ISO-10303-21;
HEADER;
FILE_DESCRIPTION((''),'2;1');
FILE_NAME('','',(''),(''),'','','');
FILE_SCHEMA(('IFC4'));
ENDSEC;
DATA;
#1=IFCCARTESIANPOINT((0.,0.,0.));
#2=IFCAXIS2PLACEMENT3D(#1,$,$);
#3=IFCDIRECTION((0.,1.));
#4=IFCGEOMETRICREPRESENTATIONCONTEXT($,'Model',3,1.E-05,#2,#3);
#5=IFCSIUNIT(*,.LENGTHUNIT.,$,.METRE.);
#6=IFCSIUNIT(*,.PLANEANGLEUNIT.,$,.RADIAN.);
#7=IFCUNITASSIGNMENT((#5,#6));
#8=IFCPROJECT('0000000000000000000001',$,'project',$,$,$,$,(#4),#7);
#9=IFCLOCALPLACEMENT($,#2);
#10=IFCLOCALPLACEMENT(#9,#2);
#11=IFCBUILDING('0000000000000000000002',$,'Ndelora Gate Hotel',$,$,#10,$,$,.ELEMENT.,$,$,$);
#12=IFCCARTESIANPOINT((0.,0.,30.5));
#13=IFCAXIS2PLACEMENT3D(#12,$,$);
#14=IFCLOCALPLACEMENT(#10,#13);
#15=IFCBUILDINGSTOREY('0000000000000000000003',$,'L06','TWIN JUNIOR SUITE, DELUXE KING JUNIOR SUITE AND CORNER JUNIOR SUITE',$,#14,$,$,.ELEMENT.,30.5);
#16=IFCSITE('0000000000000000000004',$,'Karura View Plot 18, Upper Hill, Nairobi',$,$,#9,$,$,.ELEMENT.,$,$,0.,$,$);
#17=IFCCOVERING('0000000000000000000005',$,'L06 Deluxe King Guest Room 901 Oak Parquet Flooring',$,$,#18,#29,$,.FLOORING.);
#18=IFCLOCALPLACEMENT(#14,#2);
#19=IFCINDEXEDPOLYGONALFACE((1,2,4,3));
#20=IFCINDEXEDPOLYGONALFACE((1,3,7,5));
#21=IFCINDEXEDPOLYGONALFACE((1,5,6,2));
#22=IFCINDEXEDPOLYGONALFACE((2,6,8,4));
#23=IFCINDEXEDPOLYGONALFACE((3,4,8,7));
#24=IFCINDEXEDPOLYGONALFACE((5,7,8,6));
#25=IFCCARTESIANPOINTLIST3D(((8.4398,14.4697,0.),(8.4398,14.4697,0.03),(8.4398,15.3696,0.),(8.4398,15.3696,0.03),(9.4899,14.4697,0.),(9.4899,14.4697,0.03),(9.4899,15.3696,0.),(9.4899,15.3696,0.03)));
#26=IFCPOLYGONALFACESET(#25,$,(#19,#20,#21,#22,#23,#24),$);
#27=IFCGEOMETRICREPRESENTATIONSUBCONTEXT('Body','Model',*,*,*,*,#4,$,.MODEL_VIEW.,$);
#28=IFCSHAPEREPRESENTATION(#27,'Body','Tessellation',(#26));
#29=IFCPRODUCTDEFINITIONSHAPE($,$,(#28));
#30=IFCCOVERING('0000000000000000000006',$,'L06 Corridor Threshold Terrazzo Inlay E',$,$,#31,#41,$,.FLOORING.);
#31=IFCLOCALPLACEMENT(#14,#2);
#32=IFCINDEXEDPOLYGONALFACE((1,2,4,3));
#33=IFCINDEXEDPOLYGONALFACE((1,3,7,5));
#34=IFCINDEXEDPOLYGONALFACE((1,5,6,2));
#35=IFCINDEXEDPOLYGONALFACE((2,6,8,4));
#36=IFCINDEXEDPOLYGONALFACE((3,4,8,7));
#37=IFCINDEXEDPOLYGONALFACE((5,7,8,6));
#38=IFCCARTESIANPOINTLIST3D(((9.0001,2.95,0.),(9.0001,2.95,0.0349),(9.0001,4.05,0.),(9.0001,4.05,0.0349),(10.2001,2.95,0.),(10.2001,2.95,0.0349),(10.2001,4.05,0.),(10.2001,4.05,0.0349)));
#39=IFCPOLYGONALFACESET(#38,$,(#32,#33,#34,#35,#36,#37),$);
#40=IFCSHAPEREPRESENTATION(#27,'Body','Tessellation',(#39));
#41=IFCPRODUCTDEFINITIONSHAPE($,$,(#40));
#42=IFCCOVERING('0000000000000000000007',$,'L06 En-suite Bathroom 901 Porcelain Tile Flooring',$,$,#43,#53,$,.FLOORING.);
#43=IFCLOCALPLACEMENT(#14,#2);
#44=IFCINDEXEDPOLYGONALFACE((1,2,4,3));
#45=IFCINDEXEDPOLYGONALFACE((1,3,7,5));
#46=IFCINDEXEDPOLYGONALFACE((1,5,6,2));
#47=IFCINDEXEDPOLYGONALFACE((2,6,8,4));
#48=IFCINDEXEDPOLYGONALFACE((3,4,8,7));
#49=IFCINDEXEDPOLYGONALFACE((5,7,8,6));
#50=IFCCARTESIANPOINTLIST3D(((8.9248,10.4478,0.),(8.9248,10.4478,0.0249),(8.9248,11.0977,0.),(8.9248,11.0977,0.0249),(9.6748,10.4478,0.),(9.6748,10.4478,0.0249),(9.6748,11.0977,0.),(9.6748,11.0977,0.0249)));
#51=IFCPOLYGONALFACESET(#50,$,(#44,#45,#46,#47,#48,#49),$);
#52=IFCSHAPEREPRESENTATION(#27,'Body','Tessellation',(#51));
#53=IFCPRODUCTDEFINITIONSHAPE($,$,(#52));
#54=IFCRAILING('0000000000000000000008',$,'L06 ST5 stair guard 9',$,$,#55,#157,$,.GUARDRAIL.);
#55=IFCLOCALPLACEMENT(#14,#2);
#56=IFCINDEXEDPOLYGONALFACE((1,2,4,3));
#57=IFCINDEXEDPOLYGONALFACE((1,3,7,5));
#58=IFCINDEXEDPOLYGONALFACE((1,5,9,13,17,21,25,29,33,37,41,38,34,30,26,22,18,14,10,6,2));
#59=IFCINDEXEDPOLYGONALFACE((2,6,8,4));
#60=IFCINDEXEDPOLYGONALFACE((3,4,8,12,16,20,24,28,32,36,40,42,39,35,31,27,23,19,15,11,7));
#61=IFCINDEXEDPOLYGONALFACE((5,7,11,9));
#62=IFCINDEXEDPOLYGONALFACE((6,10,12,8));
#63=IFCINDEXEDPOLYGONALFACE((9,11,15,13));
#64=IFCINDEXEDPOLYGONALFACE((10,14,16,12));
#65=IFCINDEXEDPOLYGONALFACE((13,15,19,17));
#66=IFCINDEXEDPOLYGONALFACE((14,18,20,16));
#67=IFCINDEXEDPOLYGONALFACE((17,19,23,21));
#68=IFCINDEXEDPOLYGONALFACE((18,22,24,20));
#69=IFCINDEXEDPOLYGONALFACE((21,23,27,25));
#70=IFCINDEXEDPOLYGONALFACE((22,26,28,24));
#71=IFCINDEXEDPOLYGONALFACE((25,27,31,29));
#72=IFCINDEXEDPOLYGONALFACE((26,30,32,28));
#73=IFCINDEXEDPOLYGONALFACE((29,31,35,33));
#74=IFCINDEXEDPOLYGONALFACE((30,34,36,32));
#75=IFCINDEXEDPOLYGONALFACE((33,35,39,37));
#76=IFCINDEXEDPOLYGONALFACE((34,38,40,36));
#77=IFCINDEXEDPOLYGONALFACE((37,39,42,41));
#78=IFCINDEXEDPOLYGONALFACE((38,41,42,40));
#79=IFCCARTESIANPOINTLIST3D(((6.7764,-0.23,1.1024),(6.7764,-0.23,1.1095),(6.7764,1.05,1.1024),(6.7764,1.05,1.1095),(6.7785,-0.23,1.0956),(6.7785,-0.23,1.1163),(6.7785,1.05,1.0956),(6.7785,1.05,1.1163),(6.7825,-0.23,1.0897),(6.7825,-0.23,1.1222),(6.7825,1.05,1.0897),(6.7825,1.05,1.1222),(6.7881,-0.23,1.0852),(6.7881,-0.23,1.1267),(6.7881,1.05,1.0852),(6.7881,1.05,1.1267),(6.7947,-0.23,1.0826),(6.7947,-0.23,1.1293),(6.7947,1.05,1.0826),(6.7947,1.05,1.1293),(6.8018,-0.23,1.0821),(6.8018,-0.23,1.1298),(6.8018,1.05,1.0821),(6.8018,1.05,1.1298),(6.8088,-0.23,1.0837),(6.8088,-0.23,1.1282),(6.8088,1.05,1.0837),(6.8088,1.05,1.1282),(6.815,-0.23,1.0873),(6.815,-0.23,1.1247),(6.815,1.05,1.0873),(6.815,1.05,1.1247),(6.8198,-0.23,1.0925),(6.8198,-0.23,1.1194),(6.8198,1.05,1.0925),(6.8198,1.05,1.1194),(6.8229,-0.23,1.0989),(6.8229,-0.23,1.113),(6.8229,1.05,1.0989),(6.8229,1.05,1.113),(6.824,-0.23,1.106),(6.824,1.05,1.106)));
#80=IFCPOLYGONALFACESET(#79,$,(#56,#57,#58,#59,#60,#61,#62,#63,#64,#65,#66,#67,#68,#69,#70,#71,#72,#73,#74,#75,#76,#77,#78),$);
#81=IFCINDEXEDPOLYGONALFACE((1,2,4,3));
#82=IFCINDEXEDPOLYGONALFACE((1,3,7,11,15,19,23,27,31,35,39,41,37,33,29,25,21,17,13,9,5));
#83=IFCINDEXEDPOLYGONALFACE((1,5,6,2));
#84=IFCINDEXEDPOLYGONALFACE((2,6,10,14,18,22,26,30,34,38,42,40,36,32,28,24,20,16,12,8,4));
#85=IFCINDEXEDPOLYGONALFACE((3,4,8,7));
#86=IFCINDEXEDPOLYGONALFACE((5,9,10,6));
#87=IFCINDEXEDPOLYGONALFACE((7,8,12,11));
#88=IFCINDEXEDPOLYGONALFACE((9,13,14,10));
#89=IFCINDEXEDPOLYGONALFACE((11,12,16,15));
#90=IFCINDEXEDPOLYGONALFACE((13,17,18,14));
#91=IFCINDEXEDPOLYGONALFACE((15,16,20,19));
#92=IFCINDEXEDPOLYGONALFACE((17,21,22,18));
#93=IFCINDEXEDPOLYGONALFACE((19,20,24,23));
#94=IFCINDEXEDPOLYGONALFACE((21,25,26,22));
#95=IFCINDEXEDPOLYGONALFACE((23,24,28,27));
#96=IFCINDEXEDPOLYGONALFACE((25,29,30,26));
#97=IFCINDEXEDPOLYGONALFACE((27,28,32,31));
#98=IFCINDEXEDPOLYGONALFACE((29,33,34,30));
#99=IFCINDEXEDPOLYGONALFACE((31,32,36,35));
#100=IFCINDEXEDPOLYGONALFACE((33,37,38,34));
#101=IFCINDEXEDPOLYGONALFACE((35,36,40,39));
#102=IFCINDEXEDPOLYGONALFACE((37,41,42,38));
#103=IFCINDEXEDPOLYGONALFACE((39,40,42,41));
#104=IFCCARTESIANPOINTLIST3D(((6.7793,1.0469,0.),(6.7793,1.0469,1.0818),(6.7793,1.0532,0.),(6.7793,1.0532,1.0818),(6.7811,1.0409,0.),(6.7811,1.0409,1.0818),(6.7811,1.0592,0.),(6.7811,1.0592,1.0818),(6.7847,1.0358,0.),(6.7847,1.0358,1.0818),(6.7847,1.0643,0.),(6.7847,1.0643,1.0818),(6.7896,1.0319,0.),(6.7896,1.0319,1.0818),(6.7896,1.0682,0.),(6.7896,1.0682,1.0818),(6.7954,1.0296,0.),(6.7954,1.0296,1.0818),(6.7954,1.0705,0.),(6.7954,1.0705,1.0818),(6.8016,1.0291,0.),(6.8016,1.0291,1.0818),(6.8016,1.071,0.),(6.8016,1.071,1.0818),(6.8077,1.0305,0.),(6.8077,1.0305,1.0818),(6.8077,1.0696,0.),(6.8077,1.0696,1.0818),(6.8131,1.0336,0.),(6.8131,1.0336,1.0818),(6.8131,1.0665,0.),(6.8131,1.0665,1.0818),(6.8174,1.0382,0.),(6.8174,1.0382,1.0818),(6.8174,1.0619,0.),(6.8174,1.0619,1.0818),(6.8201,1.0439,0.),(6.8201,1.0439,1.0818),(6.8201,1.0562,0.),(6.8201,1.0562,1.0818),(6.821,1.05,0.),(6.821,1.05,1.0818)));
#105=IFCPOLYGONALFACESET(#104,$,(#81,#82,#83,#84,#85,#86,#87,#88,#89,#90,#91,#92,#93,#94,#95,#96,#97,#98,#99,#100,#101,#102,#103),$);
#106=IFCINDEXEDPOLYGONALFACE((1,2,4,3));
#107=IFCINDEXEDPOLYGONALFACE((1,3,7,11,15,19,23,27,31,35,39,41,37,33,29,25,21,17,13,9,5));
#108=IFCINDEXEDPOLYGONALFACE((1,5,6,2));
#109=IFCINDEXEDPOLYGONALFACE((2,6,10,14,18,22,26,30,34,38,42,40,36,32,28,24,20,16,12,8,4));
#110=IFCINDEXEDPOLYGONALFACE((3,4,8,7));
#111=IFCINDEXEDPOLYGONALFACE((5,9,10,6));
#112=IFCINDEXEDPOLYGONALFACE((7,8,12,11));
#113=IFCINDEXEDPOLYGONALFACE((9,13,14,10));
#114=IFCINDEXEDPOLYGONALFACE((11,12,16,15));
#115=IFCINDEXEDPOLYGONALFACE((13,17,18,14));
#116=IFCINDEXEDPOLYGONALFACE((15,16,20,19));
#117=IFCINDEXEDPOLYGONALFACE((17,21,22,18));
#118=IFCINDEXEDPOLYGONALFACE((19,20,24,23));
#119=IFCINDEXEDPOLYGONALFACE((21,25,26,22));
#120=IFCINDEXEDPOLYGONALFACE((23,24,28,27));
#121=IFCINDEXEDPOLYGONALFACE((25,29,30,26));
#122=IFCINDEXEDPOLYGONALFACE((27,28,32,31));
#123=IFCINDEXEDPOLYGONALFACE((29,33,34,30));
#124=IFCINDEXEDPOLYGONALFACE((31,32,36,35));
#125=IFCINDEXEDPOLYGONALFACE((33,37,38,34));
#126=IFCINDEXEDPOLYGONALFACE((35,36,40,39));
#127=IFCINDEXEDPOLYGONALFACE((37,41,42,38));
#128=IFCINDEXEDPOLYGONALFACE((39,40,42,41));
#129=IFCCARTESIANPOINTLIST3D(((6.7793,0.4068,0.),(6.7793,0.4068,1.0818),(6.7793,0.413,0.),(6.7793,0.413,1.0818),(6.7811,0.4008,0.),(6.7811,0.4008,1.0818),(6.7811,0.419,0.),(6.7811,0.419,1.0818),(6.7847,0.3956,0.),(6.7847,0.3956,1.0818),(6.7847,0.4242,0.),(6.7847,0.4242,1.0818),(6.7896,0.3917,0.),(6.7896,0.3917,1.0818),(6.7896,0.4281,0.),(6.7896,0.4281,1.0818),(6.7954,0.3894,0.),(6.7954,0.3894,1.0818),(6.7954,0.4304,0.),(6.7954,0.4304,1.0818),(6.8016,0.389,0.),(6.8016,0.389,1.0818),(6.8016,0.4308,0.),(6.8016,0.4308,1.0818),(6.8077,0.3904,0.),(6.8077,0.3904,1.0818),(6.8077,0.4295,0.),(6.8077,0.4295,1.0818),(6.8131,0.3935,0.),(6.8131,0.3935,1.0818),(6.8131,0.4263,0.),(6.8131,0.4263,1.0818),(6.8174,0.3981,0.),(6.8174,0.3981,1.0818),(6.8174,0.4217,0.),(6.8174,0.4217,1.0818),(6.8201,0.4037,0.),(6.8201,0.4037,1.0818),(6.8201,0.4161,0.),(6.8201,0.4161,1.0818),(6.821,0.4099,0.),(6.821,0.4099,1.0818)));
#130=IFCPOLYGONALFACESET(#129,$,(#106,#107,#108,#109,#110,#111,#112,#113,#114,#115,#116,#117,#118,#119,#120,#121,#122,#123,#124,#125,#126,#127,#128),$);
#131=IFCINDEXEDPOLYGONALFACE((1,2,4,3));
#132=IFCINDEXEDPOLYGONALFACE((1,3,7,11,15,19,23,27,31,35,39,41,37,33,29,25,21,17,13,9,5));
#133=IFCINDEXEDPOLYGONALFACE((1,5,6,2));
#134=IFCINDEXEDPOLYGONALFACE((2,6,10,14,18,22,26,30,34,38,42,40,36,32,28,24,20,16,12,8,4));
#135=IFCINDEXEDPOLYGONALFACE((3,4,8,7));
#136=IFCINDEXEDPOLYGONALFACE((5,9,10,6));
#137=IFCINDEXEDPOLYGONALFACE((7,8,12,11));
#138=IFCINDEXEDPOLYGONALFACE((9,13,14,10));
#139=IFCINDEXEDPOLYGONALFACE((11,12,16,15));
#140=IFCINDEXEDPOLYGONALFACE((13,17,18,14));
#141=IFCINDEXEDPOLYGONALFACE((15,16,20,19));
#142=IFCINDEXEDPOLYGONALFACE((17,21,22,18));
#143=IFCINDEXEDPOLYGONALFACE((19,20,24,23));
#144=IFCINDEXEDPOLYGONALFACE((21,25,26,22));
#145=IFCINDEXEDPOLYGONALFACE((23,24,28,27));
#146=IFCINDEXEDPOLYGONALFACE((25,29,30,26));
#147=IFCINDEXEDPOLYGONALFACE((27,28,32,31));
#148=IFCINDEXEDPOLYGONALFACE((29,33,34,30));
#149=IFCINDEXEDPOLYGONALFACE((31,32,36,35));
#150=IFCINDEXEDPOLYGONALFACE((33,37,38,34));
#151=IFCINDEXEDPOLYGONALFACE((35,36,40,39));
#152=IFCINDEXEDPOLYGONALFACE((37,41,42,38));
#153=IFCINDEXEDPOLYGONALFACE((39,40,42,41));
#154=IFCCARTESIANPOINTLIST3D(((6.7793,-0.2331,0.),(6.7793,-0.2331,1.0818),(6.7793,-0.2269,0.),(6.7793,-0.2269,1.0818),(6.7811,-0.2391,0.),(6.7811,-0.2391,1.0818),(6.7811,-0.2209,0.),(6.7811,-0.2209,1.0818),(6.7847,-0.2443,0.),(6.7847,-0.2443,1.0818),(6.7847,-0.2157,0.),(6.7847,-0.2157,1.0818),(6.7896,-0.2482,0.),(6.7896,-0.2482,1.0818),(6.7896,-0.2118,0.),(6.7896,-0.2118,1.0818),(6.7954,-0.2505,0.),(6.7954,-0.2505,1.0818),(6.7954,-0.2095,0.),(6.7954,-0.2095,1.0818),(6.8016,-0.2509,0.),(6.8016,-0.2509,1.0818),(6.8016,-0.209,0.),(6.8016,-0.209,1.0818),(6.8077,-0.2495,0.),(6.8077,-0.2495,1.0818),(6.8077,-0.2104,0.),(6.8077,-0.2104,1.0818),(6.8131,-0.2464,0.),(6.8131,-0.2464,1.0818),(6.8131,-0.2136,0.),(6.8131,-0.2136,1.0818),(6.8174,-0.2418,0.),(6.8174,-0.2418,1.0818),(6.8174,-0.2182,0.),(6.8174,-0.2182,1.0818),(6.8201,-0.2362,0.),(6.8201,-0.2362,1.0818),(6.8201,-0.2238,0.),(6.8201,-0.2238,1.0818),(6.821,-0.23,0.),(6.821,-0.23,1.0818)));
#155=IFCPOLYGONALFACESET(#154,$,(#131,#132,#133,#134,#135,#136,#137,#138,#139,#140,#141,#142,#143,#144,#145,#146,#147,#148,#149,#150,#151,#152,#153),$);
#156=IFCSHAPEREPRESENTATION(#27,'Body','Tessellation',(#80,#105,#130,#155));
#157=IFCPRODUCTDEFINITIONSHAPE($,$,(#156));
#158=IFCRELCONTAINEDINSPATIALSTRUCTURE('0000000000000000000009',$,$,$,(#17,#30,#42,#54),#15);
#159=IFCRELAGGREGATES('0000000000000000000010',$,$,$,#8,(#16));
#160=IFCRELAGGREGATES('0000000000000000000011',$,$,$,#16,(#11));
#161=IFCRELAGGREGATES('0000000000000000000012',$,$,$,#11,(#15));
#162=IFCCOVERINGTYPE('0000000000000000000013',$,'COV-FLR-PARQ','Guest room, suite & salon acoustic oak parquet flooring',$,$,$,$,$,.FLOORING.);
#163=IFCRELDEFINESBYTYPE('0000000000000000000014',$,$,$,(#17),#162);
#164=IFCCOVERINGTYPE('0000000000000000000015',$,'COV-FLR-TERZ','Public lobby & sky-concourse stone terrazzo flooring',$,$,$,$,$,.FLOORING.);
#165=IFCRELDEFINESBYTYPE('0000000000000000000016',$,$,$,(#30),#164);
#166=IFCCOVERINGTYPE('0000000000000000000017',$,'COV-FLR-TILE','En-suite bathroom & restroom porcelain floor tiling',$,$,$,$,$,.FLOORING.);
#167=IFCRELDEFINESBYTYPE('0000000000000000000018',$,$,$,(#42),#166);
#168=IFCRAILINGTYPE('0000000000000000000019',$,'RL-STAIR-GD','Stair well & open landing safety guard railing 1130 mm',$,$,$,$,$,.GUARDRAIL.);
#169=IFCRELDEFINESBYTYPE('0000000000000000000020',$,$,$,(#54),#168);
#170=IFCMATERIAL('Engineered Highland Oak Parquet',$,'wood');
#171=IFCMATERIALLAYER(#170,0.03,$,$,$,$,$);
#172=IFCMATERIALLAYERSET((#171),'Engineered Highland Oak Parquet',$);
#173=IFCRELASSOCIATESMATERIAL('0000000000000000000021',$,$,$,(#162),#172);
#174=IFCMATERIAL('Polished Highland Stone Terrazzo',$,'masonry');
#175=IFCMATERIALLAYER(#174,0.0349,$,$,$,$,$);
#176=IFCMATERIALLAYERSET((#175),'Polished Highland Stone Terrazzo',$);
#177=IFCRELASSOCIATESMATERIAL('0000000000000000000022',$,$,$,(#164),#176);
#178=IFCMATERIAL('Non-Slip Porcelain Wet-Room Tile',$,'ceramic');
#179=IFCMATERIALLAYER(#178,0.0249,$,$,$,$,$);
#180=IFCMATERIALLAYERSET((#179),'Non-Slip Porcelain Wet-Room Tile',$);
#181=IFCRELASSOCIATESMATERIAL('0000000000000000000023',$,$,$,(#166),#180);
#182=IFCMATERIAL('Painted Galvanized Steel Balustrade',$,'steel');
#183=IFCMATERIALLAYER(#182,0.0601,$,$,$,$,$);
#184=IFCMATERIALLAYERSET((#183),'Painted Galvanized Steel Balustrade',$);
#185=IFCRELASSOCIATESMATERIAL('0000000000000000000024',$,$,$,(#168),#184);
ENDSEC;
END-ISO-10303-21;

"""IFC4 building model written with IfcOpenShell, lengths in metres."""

from ifc_helpers import new_model, si_unit, direction, frame, origin, origin_2d, place, context, subcontext, project, spatial, rectangle, circle, extrude, material, layer, layer_set, type_object, element, save


model = new_model("IFC4")

# Units and contexts
model_context = context("Model", 3, precision=1e-05, world=origin(), true_north=direction((0.0, 1.0)))
body_context = subcontext(model_context, "Body", "Model", "MODEL_VIEW")
ifc_project = project(units=[si_unit("LENGTHUNIT", "METRE"), si_unit("PLANEANGLEUNIT", "RADIAN")], contexts=[model_context])

# Site, building, storey
site_placement = place(None, origin())
site = spatial("IfcSite", under=ifc_project, at=site_placement, Name="Karura View Plot 18, Upper Hill, Nairobi", CompositionType="ELEMENT", RefElevation=0.0)
building_placement = place(site_placement, origin())
building = spatial("IfcBuilding", under=site, at=building_placement, Name="Ndelora Gate Hotel", CompositionType="ELEMENT")
storey_placement = place(building_placement, frame((0.0, 0.0, 30.5)))
storey = spatial("IfcBuildingStorey", under=building, at=storey_placement, Name="L06", Description="TWIN JUNIOR SUITE, DELUXE KING JUNIOR SUITE AND CORNER JUNIOR SUITE", CompositionType="ELEMENT", Elevation=30.5)

# Coverings
ifc_material_1 = material(Name="Engineered Highland Oak Parquet", Category="wood")
ifc_layer_1 = layer(ifc_material_1, 0.03)
ifc_layer_set_1 = layer_set([ifc_layer_1], Name="Engineered Highland Oak Parquet")
covering_type_1 = type_object("IfcCoveringType", Name="COV-FLR-PARQ", Description="Guest room, suite & salon acoustic oak parquet flooring", PredefinedType="FLOORING", material=ifc_layer_set_1)
covering_1_placement = place(storey_placement, frame((8.9648, 14.9197, 0.0), z_axis=(0.0, 0.0, 1.0), x_axis=(1.0, 0.0, 0.0)))
element("IfcCovering", 1, at=covering_1_placement, inside=storey, type_object=covering_type_1, Name="L06 Deluxe King Guest Room 901 Oak Parquet Flooring", PredefinedType="FLOORING", context=body_context, shape_type="SweptSolid", body=[
    extrude(rectangle(XDim=1.05, YDim=0.8999, at=origin_2d()), origin(), (0.0, 0.0, 1.0), 0.03),
])
ifc_material_2 = material(Name="Polished Highland Stone Terrazzo", Category="masonry")
ifc_layer_2 = layer(ifc_material_2, 0.0349)
ifc_layer_set_2 = layer_set([ifc_layer_2], Name="Polished Highland Stone Terrazzo")
covering_type_2 = type_object("IfcCoveringType", Name="COV-FLR-TERZ", Description="Public lobby & sky-concourse stone terrazzo flooring", PredefinedType="FLOORING", material=ifc_layer_set_2)
covering_2_placement = place(storey_placement, frame((9.6001, 3.5, 0.0), z_axis=(0.0, 0.0, 1.0), x_axis=(1.0, 0.0, 0.0)))
element("IfcCovering", 2, at=covering_2_placement, inside=storey, type_object=covering_type_2, Name="L06 Corridor Threshold Terrazzo Inlay E", PredefinedType="FLOORING", context=body_context, shape_type="SweptSolid", body=[
    extrude(rectangle(XDim=1.2, YDim=1.1001, at=origin_2d()), origin(), (0.0, 0.0, 1.0), 0.0349),
])
ifc_material_3 = material(Name="Non-Slip Porcelain Wet-Room Tile", Category="ceramic")
ifc_layer_3 = layer(ifc_material_3, 0.0249)
ifc_layer_set_3 = layer_set([ifc_layer_3], Name="Non-Slip Porcelain Wet-Room Tile")
covering_type_3 = type_object("IfcCoveringType", Name="COV-FLR-TILE", Description="En-suite bathroom & restroom porcelain floor tiling", PredefinedType="FLOORING", material=ifc_layer_set_3)
covering_3_placement = place(storey_placement, frame((9.2998, 10.7727, 0.0), z_axis=(0.0, 0.0, 1.0), x_axis=(1.0, 0.0, 0.0)))
element("IfcCovering", 3, at=covering_3_placement, inside=storey, type_object=covering_type_3, Name="L06 En-suite Bathroom 901 Porcelain Tile Flooring", PredefinedType="FLOORING", context=body_context, shape_type="SweptSolid", body=[
    extrude(rectangle(XDim=0.75, YDim=0.6499, at=origin_2d()), origin(), (0.0, 0.0, 1.0), 0.0249),
])

# Railing
ifc_material_4 = material(Name="Painted Galvanized Steel Balustrade", Category="steel")
ifc_layer_4 = layer(ifc_material_4, 0.0601)
ifc_layer_set_4 = layer_set([ifc_layer_4], Name="Painted Galvanized Steel Balustrade")
railing_type = type_object("IfcRailingType", Name="RL-STAIR-GD", Description="Stair well & open landing safety guard railing 1130 mm", PredefinedType="GUARDRAIL", material=ifc_layer_set_4)
railing_1_placement = place(storey_placement, frame((6.8, 1.05, 0.0)))
element("IfcRailing", 4, at=railing_1_placement, inside=storey, type_object=railing_type, Name="L06 ST5 stair guard 9", PredefinedType="GUARDRAIL", context=body_context, shape_type="SweptSolid", body=[
    extrude(circle(Radius=0.0239, at=origin_2d()), frame((0.0, 0.0, 1.106), z_axis=(0.0, -1.0, 0.0), x_axis=(1.0, 0.0, 0.0)), (0.0, 0.0, 1.0), 1.28),
    extrude(circle(Radius=0.021, at=origin_2d()), origin(), (0.0, 0.0, 1.0), 1.0818),
    extrude(circle(Radius=0.021, at=origin_2d()), frame((0.0, -0.6401, 0.0)), (0.0, 0.0, 1.0), 1.0818),
    extrude(circle(Radius=0.021, at=origin_2d()), frame((0.0, -1.28, 0.0)), (0.0, 0.0, 1.0), 1.0818),
])

save(model, "model.ifc")
